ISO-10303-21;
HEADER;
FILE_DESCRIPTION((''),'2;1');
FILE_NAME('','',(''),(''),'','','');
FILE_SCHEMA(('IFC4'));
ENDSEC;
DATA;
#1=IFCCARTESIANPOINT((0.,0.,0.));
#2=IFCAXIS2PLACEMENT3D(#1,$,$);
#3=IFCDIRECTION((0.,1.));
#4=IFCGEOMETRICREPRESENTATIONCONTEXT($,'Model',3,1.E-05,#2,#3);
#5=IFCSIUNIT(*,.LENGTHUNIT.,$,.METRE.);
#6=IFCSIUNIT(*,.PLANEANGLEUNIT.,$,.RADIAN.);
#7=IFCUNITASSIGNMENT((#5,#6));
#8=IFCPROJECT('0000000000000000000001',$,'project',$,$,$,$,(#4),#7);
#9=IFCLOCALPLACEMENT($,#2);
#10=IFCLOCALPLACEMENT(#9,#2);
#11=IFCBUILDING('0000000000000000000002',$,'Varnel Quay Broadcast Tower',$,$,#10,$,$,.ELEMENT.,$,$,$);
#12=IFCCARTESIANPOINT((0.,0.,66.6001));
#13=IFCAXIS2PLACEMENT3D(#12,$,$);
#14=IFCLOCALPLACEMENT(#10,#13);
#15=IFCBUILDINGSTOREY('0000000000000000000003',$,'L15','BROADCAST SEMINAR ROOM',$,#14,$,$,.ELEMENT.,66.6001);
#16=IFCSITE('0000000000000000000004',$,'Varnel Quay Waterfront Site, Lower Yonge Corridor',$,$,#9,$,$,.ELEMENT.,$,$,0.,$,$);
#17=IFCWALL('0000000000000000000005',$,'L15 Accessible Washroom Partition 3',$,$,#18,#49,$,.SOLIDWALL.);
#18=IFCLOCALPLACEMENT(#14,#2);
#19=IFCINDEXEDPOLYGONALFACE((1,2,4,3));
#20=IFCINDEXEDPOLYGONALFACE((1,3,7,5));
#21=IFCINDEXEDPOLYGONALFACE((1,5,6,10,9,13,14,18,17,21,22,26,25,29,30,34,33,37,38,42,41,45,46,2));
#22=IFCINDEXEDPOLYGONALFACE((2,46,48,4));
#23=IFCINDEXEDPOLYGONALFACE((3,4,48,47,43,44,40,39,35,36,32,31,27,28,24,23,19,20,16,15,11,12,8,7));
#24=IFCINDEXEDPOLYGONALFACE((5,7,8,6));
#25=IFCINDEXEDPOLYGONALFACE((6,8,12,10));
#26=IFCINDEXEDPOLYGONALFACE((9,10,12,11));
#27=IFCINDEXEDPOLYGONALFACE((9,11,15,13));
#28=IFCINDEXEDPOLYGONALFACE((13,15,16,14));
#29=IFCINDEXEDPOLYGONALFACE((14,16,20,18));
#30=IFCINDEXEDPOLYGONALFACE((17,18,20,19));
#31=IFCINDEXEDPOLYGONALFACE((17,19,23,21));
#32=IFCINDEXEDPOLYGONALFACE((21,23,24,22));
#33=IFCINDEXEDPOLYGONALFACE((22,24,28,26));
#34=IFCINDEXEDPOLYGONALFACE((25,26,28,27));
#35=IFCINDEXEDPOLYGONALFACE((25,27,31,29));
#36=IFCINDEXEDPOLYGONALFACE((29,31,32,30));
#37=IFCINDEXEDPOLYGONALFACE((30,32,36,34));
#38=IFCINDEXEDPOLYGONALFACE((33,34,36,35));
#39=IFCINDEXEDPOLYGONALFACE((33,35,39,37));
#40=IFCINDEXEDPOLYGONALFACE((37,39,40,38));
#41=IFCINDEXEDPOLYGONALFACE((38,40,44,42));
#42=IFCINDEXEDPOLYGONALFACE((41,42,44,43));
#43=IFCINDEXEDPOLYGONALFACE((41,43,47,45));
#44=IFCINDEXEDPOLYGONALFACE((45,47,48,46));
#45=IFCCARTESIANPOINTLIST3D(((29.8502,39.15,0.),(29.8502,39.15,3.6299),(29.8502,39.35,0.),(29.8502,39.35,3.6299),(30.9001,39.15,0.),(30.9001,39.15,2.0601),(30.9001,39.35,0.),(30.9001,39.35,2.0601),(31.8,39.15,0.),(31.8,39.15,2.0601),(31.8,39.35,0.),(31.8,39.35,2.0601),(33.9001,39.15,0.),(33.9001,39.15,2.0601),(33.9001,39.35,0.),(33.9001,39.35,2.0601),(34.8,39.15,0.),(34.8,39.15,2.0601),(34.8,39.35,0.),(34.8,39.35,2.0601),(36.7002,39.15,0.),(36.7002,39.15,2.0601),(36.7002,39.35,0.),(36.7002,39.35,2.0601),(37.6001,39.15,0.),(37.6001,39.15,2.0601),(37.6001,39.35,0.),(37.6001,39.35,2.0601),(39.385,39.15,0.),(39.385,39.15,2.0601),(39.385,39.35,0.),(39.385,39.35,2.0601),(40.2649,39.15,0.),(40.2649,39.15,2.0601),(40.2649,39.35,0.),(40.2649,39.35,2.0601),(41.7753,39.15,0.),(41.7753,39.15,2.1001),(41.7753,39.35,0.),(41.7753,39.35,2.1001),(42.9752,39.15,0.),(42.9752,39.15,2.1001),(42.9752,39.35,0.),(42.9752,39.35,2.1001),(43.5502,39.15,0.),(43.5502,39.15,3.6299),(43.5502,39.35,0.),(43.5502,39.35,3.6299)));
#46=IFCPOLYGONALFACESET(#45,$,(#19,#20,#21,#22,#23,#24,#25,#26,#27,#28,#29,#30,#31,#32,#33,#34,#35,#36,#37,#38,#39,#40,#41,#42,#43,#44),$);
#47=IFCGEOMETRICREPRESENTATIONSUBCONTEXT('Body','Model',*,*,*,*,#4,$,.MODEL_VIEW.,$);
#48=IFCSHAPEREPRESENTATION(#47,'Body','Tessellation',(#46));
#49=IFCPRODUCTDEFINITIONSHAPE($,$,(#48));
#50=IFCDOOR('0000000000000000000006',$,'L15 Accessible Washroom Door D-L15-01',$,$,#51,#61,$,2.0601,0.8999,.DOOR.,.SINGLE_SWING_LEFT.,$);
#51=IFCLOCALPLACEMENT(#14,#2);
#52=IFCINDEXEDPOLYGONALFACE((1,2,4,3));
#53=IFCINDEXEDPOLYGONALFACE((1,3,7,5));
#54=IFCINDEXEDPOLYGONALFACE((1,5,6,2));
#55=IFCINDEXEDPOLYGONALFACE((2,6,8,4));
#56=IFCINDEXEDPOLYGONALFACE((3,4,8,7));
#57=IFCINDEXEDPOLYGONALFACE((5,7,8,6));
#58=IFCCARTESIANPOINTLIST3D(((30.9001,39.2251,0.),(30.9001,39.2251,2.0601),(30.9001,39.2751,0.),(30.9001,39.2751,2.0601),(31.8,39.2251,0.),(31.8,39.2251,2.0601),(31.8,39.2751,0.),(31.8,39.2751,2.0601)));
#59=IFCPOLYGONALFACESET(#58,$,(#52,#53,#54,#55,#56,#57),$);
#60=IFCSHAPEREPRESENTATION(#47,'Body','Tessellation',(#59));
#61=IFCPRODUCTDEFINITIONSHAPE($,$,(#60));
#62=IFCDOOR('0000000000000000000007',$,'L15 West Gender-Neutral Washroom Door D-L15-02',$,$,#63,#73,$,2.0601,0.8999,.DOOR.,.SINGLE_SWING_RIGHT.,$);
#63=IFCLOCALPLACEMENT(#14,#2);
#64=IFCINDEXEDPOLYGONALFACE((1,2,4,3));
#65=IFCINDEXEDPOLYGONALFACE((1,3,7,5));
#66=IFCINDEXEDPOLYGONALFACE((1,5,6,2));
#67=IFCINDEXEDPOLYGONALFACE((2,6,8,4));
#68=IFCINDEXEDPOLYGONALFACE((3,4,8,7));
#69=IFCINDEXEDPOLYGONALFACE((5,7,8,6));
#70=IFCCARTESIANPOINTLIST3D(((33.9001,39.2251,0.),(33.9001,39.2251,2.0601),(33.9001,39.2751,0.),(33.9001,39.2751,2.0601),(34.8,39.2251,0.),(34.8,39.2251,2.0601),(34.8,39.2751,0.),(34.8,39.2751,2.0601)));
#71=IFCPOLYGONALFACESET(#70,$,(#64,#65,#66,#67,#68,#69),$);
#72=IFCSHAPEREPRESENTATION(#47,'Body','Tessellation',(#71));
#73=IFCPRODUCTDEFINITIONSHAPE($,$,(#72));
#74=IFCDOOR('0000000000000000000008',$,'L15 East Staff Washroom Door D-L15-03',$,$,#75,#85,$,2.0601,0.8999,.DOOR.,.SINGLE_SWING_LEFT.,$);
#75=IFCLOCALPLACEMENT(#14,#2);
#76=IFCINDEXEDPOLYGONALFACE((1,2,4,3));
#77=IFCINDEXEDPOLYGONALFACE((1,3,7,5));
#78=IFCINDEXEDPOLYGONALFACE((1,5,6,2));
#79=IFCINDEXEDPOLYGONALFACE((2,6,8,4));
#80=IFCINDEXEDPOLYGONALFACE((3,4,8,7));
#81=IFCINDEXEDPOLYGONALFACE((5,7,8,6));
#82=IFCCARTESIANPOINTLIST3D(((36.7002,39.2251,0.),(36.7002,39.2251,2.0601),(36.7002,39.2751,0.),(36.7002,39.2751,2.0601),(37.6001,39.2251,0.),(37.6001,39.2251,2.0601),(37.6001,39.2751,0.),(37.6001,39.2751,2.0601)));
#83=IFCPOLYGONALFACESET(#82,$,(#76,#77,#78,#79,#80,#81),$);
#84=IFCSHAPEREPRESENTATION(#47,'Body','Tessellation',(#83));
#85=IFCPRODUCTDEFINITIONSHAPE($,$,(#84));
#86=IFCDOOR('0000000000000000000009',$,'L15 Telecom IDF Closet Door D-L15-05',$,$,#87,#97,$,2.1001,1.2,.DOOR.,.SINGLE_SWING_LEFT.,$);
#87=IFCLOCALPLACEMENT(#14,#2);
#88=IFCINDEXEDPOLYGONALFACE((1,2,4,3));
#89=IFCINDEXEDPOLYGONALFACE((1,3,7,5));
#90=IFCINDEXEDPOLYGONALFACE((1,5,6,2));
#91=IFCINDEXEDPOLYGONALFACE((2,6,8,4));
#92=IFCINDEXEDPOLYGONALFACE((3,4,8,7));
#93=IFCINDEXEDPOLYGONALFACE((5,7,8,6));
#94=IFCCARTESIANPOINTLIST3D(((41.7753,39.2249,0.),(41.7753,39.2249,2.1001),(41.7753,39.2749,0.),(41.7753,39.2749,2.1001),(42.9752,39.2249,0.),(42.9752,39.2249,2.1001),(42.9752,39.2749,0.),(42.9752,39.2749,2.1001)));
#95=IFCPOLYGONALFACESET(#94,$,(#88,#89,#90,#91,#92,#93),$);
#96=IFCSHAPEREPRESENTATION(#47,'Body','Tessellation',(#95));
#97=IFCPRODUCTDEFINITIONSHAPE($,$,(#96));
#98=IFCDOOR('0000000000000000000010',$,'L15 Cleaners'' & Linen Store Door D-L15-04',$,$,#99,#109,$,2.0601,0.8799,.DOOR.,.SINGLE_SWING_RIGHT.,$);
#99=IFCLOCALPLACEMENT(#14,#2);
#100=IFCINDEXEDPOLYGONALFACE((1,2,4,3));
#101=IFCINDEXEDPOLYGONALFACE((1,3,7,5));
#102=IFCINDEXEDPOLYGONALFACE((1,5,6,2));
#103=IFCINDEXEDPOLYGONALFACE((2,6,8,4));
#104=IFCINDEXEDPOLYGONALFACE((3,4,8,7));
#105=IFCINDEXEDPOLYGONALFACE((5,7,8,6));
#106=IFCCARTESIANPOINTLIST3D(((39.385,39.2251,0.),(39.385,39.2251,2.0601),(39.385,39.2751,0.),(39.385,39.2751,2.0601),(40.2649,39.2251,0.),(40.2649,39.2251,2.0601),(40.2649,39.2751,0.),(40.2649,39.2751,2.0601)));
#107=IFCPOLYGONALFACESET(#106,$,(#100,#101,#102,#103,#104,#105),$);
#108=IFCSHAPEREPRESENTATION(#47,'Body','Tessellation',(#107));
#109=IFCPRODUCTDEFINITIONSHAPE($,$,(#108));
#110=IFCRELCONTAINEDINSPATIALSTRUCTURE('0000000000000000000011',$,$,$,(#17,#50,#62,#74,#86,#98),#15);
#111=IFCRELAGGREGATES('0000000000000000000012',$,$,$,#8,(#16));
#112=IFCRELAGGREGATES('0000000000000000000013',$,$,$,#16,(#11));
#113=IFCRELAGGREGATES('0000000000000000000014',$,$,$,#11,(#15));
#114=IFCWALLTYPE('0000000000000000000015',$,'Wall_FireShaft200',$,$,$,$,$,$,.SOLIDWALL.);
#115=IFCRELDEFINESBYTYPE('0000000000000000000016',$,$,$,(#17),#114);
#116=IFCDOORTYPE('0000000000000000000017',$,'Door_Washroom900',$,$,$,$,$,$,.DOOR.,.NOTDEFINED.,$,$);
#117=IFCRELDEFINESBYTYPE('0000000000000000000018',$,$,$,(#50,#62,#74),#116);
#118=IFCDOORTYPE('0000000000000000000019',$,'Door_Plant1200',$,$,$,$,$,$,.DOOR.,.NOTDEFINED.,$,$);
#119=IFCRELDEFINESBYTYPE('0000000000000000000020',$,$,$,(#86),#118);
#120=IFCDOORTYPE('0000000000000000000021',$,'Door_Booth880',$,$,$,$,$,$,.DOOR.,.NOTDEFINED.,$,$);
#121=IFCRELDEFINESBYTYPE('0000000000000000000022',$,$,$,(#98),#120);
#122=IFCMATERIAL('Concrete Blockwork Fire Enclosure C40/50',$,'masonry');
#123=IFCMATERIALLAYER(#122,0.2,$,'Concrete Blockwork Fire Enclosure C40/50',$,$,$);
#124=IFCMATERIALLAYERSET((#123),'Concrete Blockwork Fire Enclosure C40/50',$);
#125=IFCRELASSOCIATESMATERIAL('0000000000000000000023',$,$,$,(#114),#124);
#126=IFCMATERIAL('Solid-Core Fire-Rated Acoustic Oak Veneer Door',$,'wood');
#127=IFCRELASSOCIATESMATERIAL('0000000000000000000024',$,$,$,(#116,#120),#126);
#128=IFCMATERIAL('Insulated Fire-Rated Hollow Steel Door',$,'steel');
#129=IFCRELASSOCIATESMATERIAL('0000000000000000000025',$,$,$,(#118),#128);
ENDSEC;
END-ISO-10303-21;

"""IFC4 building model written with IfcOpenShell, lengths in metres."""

from ifc_helpers import new_model, si_unit, direction, frame, frame_2d, origin, place, context, subcontext, project, spatial, rectangle, extrude, source, transform, mapped, material, layer, layer_set, type_object, type_shapes, element, fill, save


model = new_model("IFC4")

# Units and contexts
model_context = context("Model", 3, precision=1e-05, world=origin(), true_north=direction((0.0, 1.0)))
body_context = subcontext(model_context, "Body", "Model", "MODEL_VIEW")
ifc_project = project(units=[si_unit("LENGTHUNIT", "METRE"), si_unit("PLANEANGLEUNIT", "RADIAN")], contexts=[model_context])

# Site, building, storey
site_placement = place(None, origin())
site = spatial("IfcSite", under=ifc_project, at=site_placement, Name="Varnel Quay Waterfront Site, Lower Yonge Corridor", CompositionType="ELEMENT", RefElevation=0.0)
building_placement = place(site_placement, origin())
building = spatial("IfcBuilding", under=site, at=building_placement, Name="Varnel Quay Broadcast Tower", CompositionType="ELEMENT")
storey_placement = place(building_placement, frame((0.0, 0.0, 66.6001)))
storey = spatial("IfcBuildingStorey", under=building, at=storey_placement, Name="L15", Description="BROADCAST SEMINAR ROOM", CompositionType="ELEMENT", Elevation=66.6001)

# Wall, openings, doors
ifc_material_1 = material(Name="Concrete Blockwork Fire Enclosure C40/50", Category="masonry")
ifc_layer_1 = layer(ifc_material_1, 0.2, Name="Concrete Blockwork Fire Enclosure C40/50")
ifc_layer_set_1 = layer_set([ifc_layer_1], Name="Concrete Blockwork Fire Enclosure C40/50")
wall_type_1 = type_object("IfcWallType", Name="Wall_FireShaft200", PredefinedType="SOLIDWALL", material=ifc_layer_set_1)
wall_1_placement = place(storey_placement, frame((29.8501, 39.25, 0.0), z_axis=(0.0, 0.0, 1.0), x_axis=(1.0, 0.0, 0.0)))
wall_1 = element("IfcWall", 1, at=wall_1_placement, inside=storey, type_object=wall_type_1, Name="L15 Accessible Washroom Partition 3", PredefinedType="SOLIDWALL", context=body_context, shape_type="SweptSolid", body=[
    extrude(rectangle(XDim=13.7, YDim=0.2, at=frame_2d((6.8501, 0.0))), origin(), (0.0, 0.0, 1.0), 3.6299),
])
opening_1_placement = place(wall_1_placement, frame((1.05, 0.0, 0.0)))
opening_1 = element("IfcOpeningElement", 2, at=opening_1_placement, cuts=wall_1, PredefinedType="OPENING", context=body_context, shape_type="SweptSolid", body=[
    extrude(rectangle(XDim=0.8999, YDim=2.0601, at=frame_2d((0.45, 1.03))), frame((0.0, 0.1099, 0.0), z_axis=(0.0, -1.0, 0.0), x_axis=(1.0, 0.0, 0.0)), (0.0, 0.0, 1.0), 0.22),
])
opening_2_placement = place(wall_1_placement, frame((4.05, 0.0, 0.0)))
opening_2 = element("IfcOpeningElement", 3, at=opening_2_placement, cuts=wall_1, PredefinedType="OPENING", context=body_context, shape_type="SweptSolid", body=[
    extrude(rectangle(XDim=0.8999, YDim=2.0601, at=frame_2d((0.45, 1.03))), frame((0.0, 0.1099, 0.0), z_axis=(0.0, -1.0, 0.0), x_axis=(1.0, 0.0, 0.0)), (0.0, 0.0, 1.0), 0.22),
])
opening_3_placement = place(wall_1_placement, frame((6.8501, 0.0, 0.0)))
opening_3 = element("IfcOpeningElement", 4, at=opening_3_placement, cuts=wall_1, PredefinedType="OPENING", context=body_context, shape_type="SweptSolid", body=[
    extrude(rectangle(XDim=0.8999, YDim=2.0601, at=frame_2d((0.45, 1.03))), frame((0.0, 0.1099, 0.0), z_axis=(0.0, -1.0, 0.0), x_axis=(1.0, 0.0, 0.0)), (0.0, 0.0, 1.0), 0.22),
])
opening_4_placement = place(wall_1_placement, frame((9.5349, 0.0, 0.0)))
opening_4 = element("IfcOpeningElement", 5, at=opening_4_placement, cuts=wall_1, PredefinedType="OPENING", context=body_context, shape_type="SweptSolid", body=[
    extrude(rectangle(XDim=0.8799, YDim=2.0601, at=frame_2d((0.4399, 1.03))), frame((0.0, 0.1099, 0.0), z_axis=(0.0, -1.0, 0.0), x_axis=(1.0, 0.0, 0.0)), (0.0, 0.0, 1.0), 0.22),
])
opening_5_placement = place(wall_1_placement, frame((11.925, 0.0, 0.0)))
opening_5 = element("IfcOpeningElement", 6, at=opening_5_placement, cuts=wall_1, PredefinedType="OPENING", context=body_context, shape_type="SweptSolid", body=[
    extrude(rectangle(XDim=1.2, YDim=2.1001, at=frame_2d((0.6001, 1.05))), frame((0.0, 0.1099, 0.0), z_axis=(0.0, -1.0, 0.0), x_axis=(1.0, 0.0, 0.0)), (0.0, 0.0, 1.0), 0.22),
])
ifc_material_2 = material(Name="Solid-Core Fire-Rated Acoustic Oak Veneer Door", Category="wood")
door_type_1 = type_object("IfcDoorType", Name="Door_Washroom900", OperationType="NOTDEFINED", PredefinedType="DOOR", material=ifc_material_2)
shared_shape_1 = source(origin(), body_context, "Body", "SweptSolid", [
    extrude(rectangle(XDim=0.8999, YDim=2.0601, at=frame_2d((0.45, 1.03))), frame((0.0, 0.0249, 0.0), z_axis=(0.0, -1.0, 0.0), x_axis=(1.0, 0.0, 0.0)), (0.0, 0.0, 1.0), 0.05),
])
type_shapes(door_type_1, [shared_shape_1])
door_1_placement = place(opening_1_placement, frame((0.8999, 0.0, 0.0), z_axis=(0.0, 0.0, 1.0), x_axis=(-1.0, 0.0, 0.0)))
door_1 = element("IfcDoor", 7, at=door_1_placement, inside=storey, type_object=door_type_1, Name="L15 Accessible Washroom Door D-L15-01", OperationType="SINGLE_SWING_LEFT", OverallHeight=2.0601, OverallWidth=0.8999, PredefinedType="DOOR", context=body_context, shape_type="MappedRepresentation", body=[
    mapped(shared_shape_1, transform((0.0, 0.0, 0.0), x_axis=(1.0, 0.0, 0.0), y_axis=(0.0, 1.0, 0.0), z_axis=(0.0, 0.0, 1.0), scale=1.0)),
])
fill(opening_1, door_1)
door_2_placement = place(opening_2_placement, frame((0.8999, 0.0, 0.0), z_axis=(0.0, 0.0, 1.0), x_axis=(-1.0, 0.0, 0.0)))
door_2 = element("IfcDoor", 8, at=door_2_placement, inside=storey, type_object=door_type_1, Name="L15 West Gender-Neutral Washroom Door D-L15-02", OperationType="SINGLE_SWING_RIGHT", OverallHeight=2.0601, OverallWidth=0.8999, PredefinedType="DOOR", context=body_context, shape_type="MappedRepresentation", body=[
    mapped(shared_shape_1, transform((0.0, 0.0, 0.0), x_axis=(1.0, 0.0, 0.0), y_axis=(0.0, 1.0, 0.0), z_axis=(0.0, 0.0, 1.0), scale=1.0)),
])
fill(opening_2, door_2)
door_3_placement = place(opening_3_placement, frame((0.8999, 0.0, 0.0), z_axis=(0.0, 0.0, 1.0), x_axis=(-1.0, 0.0, 0.0)))
door_3 = element("IfcDoor", 9, at=door_3_placement, inside=storey, type_object=door_type_1, Name="L15 East Staff Washroom Door D-L15-03", OperationType="SINGLE_SWING_LEFT", OverallHeight=2.0601, OverallWidth=0.8999, PredefinedType="DOOR", context=body_context, shape_type="MappedRepresentation", body=[
    mapped(shared_shape_1, transform((0.0, 0.0, 0.0), x_axis=(1.0, 0.0, 0.0), y_axis=(0.0, 1.0, 0.0), z_axis=(0.0, 0.0, 1.0), scale=1.0)),
])
fill(opening_3, door_3)
ifc_material_3 = material(Name="Insulated Fire-Rated Hollow Steel Door", Category="steel")
door_type_2 = type_object("IfcDoorType", Name="Door_Plant1200", OperationType="NOTDEFINED", PredefinedType="DOOR", material=ifc_material_3)
shared_shape_2 = source(origin(), body_context, "Body", "SweptSolid", [
    extrude(rectangle(XDim=1.2, YDim=2.1001, at=frame_2d((0.6001, 1.05))), frame((0.0, 0.0249, 0.0), z_axis=(0.0, -1.0, 0.0), x_axis=(1.0, 0.0, 0.0)), (0.0, 0.0, 1.0), 0.05),
])
type_shapes(door_type_2, [shared_shape_2])
door_4_placement = place(opening_5_placement, origin())
door_4 = element("IfcDoor", 10, at=door_4_placement, inside=storey, type_object=door_type_2, Name="L15 Telecom IDF Closet Door D-L15-05", OperationType="SINGLE_SWING_LEFT", OverallHeight=2.1001, OverallWidth=1.2, PredefinedType="DOOR", context=body_context, shape_type="MappedRepresentation", body=[
    mapped(shared_shape_2, transform((0.0, 0.0, 0.0), x_axis=(1.0, 0.0, 0.0), y_axis=(0.0, 1.0, 0.0), z_axis=(0.0, 0.0, 1.0), scale=1.0)),
])
fill(opening_5, door_4)
door_type_3 = type_object("IfcDoorType", Name="Door_Booth880", OperationType="NOTDEFINED", PredefinedType="DOOR", material=ifc_material_2)
shared_shape_3 = source(origin(), body_context, "Body", "SweptSolid", [
    extrude(rectangle(XDim=0.8799, YDim=2.0601, at=frame_2d((0.4399, 1.03))), frame((0.0, 0.0249, 0.0), z_axis=(0.0, -1.0, 0.0), x_axis=(1.0, 0.0, 0.0)), (0.0, 0.0, 1.0), 0.05),
])
type_shapes(door_type_3, [shared_shape_3])
door_5_placement = place(opening_4_placement, frame((0.8799, 0.0, 0.0), z_axis=(0.0, 0.0, 1.0), x_axis=(-1.0, 0.0, 0.0)))
door_5 = element("IfcDoor", 11, at=door_5_placement, inside=storey, type_object=door_type_3, Name="L15 Cleaners' & Linen Store Door D-L15-04", OperationType="SINGLE_SWING_RIGHT", OverallHeight=2.0601, OverallWidth=0.8799, PredefinedType="DOOR", context=body_context, shape_type="MappedRepresentation", body=[
    mapped(shared_shape_3, transform((0.0, 0.0, 0.0), x_axis=(1.0, 0.0, 0.0), y_axis=(0.0, 1.0, 0.0), z_axis=(0.0, 0.0, 1.0), scale=1.0)),
])
fill(opening_4, door_5)

save(model, "model.ifc")
